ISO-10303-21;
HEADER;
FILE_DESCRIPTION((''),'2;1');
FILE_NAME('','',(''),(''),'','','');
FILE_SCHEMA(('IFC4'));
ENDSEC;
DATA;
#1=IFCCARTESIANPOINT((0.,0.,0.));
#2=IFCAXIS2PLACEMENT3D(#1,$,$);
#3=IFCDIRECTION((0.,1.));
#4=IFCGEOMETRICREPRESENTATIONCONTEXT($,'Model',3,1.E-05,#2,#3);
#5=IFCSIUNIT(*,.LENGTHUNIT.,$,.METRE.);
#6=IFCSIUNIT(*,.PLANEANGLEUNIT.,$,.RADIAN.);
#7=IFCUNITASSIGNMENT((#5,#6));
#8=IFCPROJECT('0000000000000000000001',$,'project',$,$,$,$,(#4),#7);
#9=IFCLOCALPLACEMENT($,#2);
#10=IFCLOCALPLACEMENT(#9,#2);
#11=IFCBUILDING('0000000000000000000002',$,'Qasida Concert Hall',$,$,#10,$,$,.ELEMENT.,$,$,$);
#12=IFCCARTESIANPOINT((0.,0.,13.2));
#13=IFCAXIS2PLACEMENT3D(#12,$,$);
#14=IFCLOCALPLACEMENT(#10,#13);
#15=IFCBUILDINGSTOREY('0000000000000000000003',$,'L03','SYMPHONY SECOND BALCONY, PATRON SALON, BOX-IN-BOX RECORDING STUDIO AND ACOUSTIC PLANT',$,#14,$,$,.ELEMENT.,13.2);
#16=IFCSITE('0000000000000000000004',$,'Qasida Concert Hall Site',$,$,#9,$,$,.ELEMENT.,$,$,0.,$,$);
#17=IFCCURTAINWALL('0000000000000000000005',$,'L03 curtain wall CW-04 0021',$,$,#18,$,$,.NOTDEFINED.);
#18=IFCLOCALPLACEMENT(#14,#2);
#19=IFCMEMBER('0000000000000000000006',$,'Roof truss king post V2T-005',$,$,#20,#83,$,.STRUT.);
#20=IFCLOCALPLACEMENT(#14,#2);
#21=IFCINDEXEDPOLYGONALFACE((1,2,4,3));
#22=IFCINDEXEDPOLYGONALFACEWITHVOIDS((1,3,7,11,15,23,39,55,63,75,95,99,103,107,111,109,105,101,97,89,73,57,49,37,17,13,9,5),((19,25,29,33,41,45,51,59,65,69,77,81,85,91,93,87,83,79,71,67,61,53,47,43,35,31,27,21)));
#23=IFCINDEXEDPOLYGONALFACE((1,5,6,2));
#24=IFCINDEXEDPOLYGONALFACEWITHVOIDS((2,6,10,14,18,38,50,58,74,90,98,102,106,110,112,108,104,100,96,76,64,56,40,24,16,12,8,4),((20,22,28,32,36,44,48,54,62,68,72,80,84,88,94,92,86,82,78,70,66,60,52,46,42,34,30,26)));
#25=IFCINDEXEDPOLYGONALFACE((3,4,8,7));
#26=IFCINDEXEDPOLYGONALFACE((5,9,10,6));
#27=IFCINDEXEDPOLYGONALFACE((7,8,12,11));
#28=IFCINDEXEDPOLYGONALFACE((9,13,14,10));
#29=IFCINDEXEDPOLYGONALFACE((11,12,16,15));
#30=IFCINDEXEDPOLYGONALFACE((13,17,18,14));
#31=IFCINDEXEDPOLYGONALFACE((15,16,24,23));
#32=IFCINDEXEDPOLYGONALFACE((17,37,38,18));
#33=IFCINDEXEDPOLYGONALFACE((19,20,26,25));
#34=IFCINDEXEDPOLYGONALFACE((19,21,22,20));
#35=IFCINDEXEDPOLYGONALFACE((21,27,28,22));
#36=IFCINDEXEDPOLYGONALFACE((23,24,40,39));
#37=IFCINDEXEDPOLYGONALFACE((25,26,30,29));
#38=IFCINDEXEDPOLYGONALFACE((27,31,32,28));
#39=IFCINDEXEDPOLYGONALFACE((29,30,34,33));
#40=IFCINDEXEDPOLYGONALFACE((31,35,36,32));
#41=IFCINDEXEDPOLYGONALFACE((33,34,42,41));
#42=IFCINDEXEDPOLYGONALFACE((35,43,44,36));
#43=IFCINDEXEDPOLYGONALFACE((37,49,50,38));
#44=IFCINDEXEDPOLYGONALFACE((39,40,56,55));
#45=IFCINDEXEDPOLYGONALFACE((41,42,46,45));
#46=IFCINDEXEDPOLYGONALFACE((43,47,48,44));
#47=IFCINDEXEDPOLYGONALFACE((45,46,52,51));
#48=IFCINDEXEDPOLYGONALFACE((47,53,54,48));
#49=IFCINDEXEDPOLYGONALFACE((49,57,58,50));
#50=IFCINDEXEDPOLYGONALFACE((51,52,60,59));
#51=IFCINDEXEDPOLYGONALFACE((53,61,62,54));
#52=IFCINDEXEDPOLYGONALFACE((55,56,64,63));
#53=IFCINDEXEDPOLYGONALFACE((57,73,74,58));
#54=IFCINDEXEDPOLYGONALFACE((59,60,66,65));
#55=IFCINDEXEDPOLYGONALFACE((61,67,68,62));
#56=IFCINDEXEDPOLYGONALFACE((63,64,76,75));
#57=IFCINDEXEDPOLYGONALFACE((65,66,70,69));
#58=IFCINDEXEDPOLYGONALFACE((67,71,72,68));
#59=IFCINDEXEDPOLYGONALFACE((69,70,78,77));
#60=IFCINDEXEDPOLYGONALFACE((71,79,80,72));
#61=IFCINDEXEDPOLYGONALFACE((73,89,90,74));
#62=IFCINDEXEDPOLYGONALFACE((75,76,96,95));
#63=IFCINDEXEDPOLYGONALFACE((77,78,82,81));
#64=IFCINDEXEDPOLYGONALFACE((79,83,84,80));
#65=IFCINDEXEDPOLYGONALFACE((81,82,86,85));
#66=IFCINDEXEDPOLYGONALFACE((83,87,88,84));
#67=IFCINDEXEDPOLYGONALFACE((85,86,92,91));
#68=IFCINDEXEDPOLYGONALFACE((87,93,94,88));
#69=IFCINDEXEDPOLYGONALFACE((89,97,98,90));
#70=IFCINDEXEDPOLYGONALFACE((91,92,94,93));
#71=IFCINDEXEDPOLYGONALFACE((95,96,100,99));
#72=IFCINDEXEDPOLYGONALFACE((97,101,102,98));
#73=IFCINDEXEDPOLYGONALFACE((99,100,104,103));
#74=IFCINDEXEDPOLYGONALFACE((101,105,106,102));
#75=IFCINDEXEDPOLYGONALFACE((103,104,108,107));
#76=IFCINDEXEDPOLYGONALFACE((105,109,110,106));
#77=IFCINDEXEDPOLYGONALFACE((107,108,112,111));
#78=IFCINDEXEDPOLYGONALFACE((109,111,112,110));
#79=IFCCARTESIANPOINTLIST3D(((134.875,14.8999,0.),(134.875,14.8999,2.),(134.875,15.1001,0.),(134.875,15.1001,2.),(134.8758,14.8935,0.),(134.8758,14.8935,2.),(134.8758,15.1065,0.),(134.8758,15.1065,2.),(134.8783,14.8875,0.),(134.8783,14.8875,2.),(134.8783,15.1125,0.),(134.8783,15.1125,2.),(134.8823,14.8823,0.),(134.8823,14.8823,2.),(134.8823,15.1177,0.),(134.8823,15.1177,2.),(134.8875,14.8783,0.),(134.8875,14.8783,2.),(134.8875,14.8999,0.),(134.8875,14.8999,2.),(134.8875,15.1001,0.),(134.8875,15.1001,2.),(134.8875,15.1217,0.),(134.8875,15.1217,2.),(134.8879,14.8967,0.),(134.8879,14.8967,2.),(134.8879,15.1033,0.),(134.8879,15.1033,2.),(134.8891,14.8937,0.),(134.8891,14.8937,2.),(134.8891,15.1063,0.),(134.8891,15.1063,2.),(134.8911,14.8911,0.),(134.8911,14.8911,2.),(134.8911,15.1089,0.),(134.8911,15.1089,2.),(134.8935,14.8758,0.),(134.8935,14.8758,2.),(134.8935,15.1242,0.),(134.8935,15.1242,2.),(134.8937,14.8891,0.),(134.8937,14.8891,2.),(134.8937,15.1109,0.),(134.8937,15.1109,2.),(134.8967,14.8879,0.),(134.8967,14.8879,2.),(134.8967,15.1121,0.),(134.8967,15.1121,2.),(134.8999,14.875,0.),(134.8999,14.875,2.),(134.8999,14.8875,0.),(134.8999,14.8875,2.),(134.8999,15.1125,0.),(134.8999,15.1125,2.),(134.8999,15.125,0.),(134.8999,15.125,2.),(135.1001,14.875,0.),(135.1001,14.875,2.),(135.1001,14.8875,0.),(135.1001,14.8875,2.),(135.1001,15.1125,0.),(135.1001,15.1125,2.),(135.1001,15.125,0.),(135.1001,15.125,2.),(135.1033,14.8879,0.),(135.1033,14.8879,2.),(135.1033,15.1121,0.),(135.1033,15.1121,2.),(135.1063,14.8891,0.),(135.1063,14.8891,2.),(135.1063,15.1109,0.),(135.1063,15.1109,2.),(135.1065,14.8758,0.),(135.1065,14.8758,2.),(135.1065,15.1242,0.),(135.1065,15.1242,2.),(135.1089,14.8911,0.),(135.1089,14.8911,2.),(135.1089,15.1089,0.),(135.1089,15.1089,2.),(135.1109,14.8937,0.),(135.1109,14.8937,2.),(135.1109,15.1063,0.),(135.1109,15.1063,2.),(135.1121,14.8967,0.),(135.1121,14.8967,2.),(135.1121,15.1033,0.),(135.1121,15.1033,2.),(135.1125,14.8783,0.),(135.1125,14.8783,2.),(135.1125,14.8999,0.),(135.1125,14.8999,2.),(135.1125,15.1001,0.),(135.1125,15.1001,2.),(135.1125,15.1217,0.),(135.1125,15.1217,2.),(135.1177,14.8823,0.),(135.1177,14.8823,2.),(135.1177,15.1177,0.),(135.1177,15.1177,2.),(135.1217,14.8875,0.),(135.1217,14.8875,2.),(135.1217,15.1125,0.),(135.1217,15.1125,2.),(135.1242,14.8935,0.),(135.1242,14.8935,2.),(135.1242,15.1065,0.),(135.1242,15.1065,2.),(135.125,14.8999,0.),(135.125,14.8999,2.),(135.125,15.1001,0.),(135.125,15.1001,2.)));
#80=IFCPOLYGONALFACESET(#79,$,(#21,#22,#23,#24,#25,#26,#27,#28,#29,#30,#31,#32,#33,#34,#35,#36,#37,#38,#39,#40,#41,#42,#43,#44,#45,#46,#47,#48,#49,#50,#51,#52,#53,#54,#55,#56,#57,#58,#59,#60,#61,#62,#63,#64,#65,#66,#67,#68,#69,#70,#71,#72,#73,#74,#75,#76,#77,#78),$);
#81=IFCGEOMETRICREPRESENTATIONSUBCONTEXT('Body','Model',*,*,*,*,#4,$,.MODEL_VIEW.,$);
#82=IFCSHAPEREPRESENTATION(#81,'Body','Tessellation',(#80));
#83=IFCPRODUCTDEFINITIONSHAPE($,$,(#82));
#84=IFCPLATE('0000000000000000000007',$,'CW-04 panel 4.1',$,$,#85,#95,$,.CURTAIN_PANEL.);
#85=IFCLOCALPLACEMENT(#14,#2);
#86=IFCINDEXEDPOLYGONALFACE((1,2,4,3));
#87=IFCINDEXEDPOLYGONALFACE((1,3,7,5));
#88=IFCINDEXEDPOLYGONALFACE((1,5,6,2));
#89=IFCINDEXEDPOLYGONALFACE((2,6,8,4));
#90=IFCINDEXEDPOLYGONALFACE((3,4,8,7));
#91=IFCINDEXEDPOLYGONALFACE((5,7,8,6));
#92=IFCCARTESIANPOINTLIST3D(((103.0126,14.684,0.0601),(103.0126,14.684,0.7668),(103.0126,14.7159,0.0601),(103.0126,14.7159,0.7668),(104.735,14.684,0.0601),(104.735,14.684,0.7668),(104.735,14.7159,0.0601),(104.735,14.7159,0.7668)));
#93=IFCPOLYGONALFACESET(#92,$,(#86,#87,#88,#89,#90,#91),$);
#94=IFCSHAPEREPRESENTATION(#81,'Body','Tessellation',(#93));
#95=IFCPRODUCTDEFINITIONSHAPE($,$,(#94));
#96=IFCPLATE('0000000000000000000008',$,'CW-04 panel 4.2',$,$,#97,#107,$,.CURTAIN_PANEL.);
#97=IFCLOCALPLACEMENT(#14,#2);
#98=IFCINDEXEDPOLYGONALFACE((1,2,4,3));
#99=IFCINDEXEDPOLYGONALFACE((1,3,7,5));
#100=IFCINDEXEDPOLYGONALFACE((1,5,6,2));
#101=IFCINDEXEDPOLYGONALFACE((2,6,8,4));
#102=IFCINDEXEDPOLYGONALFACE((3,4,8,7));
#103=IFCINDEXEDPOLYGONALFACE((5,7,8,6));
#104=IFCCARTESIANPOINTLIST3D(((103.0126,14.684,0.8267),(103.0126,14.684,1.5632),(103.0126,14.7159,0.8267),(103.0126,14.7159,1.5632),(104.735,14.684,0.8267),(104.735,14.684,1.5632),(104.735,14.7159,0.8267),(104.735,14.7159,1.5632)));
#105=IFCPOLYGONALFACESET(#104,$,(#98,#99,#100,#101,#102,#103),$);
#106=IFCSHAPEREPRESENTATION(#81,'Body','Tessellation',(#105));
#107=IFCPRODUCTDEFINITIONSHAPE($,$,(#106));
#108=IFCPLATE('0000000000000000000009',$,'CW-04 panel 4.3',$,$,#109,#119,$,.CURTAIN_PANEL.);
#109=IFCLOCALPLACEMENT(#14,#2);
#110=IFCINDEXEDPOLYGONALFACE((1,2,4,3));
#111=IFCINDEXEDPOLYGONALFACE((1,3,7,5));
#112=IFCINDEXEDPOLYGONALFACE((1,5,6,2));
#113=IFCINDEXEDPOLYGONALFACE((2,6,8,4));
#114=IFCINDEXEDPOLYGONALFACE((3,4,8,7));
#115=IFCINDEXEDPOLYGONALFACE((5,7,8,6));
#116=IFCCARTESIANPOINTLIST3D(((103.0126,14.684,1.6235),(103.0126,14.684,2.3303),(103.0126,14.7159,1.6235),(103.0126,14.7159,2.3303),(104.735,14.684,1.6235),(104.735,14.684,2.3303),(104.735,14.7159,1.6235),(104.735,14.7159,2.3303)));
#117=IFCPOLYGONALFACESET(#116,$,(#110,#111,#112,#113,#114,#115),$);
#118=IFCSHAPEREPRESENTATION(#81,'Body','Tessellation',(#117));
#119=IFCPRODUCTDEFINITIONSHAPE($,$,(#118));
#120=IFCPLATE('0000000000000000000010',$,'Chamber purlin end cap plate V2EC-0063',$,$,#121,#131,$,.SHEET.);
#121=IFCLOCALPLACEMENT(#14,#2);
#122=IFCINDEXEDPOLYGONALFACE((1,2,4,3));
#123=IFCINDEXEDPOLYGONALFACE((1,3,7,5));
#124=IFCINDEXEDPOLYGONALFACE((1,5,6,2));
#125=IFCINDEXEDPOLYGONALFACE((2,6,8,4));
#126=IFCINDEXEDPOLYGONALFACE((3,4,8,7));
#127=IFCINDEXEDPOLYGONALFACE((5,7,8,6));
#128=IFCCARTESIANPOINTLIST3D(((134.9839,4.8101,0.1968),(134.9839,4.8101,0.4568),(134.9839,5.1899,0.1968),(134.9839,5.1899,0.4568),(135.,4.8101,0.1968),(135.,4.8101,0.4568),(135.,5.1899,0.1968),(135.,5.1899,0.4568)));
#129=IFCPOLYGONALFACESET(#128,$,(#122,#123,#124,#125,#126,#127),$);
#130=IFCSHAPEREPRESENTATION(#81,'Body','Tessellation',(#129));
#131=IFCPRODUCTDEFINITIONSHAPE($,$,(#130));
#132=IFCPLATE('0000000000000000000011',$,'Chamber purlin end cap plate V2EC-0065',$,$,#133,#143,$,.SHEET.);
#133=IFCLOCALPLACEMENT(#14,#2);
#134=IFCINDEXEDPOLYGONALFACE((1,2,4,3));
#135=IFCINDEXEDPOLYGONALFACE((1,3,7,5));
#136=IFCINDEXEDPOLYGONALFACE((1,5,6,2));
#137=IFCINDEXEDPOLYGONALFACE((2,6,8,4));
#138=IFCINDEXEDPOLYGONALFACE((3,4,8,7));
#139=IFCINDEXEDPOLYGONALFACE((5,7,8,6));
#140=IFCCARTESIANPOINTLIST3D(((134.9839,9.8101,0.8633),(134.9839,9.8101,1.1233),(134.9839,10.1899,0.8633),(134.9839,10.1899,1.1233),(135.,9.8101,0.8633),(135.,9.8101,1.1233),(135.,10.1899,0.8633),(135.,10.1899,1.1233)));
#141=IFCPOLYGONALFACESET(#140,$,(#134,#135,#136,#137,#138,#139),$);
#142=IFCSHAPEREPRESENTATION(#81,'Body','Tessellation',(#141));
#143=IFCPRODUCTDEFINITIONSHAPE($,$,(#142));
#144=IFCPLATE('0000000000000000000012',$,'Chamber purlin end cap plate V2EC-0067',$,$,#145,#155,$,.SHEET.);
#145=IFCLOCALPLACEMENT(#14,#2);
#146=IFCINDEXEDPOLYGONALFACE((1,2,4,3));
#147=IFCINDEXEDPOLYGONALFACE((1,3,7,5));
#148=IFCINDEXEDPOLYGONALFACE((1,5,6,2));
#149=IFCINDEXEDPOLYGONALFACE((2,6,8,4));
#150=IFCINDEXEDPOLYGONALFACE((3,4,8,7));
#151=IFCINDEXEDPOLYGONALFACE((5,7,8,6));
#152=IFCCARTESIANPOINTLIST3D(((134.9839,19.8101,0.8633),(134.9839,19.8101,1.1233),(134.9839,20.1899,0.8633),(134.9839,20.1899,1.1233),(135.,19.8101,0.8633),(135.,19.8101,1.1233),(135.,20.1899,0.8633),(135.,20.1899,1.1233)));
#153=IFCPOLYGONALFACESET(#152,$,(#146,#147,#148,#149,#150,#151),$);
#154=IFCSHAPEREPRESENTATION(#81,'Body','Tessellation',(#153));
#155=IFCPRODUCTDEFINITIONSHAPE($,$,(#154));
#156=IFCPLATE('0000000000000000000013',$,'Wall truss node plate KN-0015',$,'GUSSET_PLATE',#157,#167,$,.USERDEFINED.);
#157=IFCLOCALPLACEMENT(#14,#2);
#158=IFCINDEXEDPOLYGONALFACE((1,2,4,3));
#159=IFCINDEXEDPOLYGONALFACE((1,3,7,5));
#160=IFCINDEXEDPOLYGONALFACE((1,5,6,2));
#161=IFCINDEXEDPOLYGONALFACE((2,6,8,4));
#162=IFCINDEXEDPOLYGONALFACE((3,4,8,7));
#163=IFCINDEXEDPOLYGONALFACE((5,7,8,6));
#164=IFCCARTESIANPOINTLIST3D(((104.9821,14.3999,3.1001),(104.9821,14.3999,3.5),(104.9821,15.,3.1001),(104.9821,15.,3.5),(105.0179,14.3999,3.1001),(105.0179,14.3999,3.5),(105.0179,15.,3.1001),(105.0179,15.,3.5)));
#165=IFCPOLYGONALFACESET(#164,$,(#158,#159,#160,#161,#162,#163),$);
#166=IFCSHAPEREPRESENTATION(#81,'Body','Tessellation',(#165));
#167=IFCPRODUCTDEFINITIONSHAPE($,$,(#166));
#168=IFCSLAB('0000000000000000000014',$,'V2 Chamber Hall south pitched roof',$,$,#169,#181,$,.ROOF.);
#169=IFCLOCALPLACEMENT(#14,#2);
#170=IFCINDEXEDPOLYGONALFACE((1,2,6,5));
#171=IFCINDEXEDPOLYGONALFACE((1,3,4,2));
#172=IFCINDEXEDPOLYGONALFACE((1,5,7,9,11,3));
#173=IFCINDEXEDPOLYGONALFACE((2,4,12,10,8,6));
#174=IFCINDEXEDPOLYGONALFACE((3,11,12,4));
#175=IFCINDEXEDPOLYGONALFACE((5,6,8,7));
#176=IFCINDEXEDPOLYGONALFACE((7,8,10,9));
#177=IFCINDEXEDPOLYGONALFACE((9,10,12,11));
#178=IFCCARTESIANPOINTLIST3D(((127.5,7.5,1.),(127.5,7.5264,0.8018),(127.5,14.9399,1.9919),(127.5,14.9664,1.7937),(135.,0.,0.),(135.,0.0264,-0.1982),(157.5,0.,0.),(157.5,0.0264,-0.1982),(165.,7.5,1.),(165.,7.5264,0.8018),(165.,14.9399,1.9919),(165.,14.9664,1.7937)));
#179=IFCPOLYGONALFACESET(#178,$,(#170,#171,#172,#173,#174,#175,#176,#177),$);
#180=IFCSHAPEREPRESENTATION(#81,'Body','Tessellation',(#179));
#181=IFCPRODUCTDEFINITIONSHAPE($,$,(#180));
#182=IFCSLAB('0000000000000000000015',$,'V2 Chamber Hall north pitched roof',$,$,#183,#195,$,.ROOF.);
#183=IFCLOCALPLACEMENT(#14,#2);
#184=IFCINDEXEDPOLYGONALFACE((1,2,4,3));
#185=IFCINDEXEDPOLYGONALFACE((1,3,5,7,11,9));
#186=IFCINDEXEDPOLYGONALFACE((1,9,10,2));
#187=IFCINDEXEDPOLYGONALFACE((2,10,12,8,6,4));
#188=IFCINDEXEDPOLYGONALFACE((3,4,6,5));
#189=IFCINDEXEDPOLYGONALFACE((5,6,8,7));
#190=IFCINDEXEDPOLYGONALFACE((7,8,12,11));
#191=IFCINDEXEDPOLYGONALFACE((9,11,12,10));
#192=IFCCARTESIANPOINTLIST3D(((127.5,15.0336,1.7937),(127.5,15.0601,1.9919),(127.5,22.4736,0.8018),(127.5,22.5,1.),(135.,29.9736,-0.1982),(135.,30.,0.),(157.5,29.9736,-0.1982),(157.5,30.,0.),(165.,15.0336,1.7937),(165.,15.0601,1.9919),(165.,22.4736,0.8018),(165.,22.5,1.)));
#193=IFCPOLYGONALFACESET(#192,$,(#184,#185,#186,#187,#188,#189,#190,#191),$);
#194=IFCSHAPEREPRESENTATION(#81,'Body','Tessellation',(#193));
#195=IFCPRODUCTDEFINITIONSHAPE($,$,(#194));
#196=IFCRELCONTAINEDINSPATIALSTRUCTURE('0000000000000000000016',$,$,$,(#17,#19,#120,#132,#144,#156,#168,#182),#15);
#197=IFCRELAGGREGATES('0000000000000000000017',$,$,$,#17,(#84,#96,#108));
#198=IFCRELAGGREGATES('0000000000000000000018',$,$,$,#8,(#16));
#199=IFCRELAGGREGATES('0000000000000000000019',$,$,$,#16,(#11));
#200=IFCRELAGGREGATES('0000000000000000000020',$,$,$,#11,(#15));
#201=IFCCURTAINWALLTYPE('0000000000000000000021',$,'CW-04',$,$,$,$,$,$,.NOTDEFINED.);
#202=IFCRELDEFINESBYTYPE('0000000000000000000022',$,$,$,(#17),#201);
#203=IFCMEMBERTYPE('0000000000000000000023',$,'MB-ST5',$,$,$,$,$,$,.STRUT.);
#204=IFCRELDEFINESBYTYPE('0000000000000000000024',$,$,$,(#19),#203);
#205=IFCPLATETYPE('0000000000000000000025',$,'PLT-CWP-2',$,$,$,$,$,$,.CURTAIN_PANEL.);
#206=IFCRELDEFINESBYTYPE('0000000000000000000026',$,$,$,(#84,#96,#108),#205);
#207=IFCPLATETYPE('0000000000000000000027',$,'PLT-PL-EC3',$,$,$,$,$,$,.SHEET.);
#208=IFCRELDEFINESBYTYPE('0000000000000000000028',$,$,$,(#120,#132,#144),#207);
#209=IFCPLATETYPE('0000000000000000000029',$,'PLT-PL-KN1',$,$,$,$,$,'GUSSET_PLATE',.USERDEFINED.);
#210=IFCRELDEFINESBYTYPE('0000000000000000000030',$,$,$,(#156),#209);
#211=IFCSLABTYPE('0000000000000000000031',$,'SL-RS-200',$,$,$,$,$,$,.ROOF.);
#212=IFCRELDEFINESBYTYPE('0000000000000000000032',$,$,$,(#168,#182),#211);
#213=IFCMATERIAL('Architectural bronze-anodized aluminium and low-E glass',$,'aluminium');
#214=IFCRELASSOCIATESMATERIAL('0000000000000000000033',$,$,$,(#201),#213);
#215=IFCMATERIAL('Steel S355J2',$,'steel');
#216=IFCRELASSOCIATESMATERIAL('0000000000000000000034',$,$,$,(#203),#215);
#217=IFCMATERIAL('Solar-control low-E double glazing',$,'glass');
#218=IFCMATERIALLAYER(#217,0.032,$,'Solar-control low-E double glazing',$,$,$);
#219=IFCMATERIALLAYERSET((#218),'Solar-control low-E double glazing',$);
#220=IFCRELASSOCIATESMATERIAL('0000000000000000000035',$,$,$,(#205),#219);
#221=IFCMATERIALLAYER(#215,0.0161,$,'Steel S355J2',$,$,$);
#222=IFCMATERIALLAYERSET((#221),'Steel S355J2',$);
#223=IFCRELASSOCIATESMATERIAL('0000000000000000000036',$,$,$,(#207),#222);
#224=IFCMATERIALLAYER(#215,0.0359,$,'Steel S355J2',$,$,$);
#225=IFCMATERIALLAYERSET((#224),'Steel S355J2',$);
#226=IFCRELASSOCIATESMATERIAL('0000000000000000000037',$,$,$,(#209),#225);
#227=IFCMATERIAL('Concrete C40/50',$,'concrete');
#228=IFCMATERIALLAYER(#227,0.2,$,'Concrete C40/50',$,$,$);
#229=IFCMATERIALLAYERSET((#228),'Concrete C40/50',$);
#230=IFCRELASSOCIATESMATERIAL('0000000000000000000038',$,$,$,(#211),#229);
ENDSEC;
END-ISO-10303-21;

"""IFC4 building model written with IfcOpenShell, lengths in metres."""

from ifc_helpers import new_model, si_unit, direction, frame, origin, origin_2d, place, context, subcontext, project, spatial, polyline, rectangle, hollow_rectangle, outline, extrude, material, layer, layer_set, material_profile, profile_set, type_object, element, aggregate, save


model = new_model("IFC4")

# Units and contexts
model_context = context("Model", 3, precision=1e-05, world=origin(), true_north=direction((0.0, 1.0)))
body_context = subcontext(model_context, "Body", "Model", "MODEL_VIEW")
ifc_project = project(units=[si_unit("LENGTHUNIT", "METRE"), si_unit("PLANEANGLEUNIT", "RADIAN")], contexts=[model_context])

# Site, building, storey
site_placement = place(None, origin())
site = spatial("IfcSite", under=ifc_project, at=site_placement, Name="Qasida Concert Hall Site", CompositionType="ELEMENT", RefElevation=0.0)
building_placement = place(site_placement, origin())
building = spatial("IfcBuilding", under=site, at=building_placement, Name="Qasida Concert Hall", CompositionType="ELEMENT")
storey_placement = place(building_placement, frame((0.0, 0.0, 13.2)))
storey = spatial("IfcBuildingStorey", under=building, at=storey_placement, Name="L03", Description="SYMPHONY SECOND BALCONY, PATRON SALON, BOX-IN-BOX RECORDING STUDIO AND ACOUSTIC PLANT", CompositionType="ELEMENT", Elevation=13.2)

# Shared definitions
ifc_material_1 = material(Name="Steel S355J2", Category="steel")

# Curtain wall
ifc_material_2 = material(Name="Architectural bronze-anodized aluminium and low-E glass", Category="aluminium")
curtain_wall_type = type_object("IfcCurtainWallType", Name="CW-04", PredefinedType="NOTDEFINED", material=ifc_material_2)
curtain_wall_placement = place(storey_placement, origin())
curtain_wall = element("IfcCurtainWall", 1, at=curtain_wall_placement, inside=storey, type_object=curtain_wall_type, Name="L03 curtain wall CW-04 0021", PredefinedType="NOTDEFINED")

# Member
ifc_material_profile_1 = material_profile(ifc_material_1, hollow_rectangle(XDim=0.25, YDim=0.25, WallThickness=0.0125, InnerFilletRadius=0.0125, OuterFilletRadius=0.0249, at=origin_2d()), Name="SHS 250x250x12.5")
ifc_profile_set_1 = profile_set([ifc_material_profile_1], Name="Steel S355J2")
member_type_1 = type_object("IfcMemberType", Name="MB-ST5", PredefinedType="STRUT", material=ifc_profile_set_1)
member_1_placement = place(storey_placement, frame((135.0, 15.0, 0.0), z_axis=(0.0, 0.0, 1.0), x_axis=(1.0, 0.0, 0.0)))
element("IfcMember", 2, at=member_1_placement, inside=storey, type_object=member_type_1, Name="Roof truss king post V2T-005", PredefinedType="STRUT", context=body_context, shape_type="SweptSolid", body=[
    extrude(hollow_rectangle(XDim=0.25, YDim=0.25, WallThickness=0.0125, InnerFilletRadius=0.0125, OuterFilletRadius=0.0249, at=origin_2d()), origin(), (0.0, 0.0, 1.0), 2.0),
])

# Plates
ifc_material_3 = material(Name="Solar-control low-E double glazing", Category="glass")
ifc_layer_1 = layer(ifc_material_3, 0.032, Name="Solar-control low-E double glazing")
ifc_layer_set_1 = layer_set([ifc_layer_1], Name="Solar-control low-E double glazing")
plate_type_1 = type_object("IfcPlateType", Name="PLT-CWP-2", PredefinedType="CURTAIN_PANEL", material=ifc_layer_set_1)
plate_1_placement = place(storey_placement, frame((103.8738, 14.7, 0.0601), z_axis=(0.0, 0.0, 1.0), x_axis=(1.0, 0.0, 0.0)))
plate_1 = element("IfcPlate", 3, at=plate_1_placement, type_object=plate_type_1, Name="CW-04 panel 4.1", PredefinedType="CURTAIN_PANEL", context=body_context, shape_type="SweptSolid", body=[
    extrude(rectangle(XDim=1.7224, YDim=0.032, at=origin_2d()), origin(), (0.0, 0.0, 1.0), 0.7068),
])
plate_2_placement = place(storey_placement, frame((103.8738, 14.7, 0.8267), z_axis=(0.0, 0.0, 1.0), x_axis=(1.0, 0.0, 0.0)))
plate_2 = element("IfcPlate", 4, at=plate_2_placement, type_object=plate_type_1, Name="CW-04 panel 4.2", PredefinedType="CURTAIN_PANEL", context=body_context, shape_type="SweptSolid", body=[
    extrude(rectangle(XDim=1.7224, YDim=0.032, at=origin_2d()), origin(), (0.0, 0.0, 1.0), 0.7366),
])
plate_3_placement = place(storey_placement, frame((103.8738, 14.7, 1.6235), z_axis=(0.0, 0.0, 1.0), x_axis=(1.0, 0.0, 0.0)))
plate_3 = element("IfcPlate", 5, at=plate_3_placement, type_object=plate_type_1, Name="CW-04 panel 4.3", PredefinedType="CURTAIN_PANEL", context=body_context, shape_type="SweptSolid", body=[
    extrude(rectangle(XDim=1.7224, YDim=0.032, at=origin_2d()), origin(), (0.0, 0.0, 1.0), 0.7068),
])
aggregate(curtain_wall, [plate_1, plate_2, plate_3])

# Plates
ifc_layer_2 = layer(ifc_material_1, 0.0161, Name="Steel S355J2")
ifc_layer_set_2 = layer_set([ifc_layer_2], Name="Steel S355J2")
plate_type_2 = type_object("IfcPlateType", Name="PLT-PL-EC3", PredefinedType="SHEET", material=ifc_layer_set_2)
for number, where, z_axis, x_axis, name in (
    (6, (134.9919, 5.0, 0.1968), (0.0, 0.0, 1.0), (1.0, 0.0, 0.0), "Chamber purlin end cap plate V2EC-0063"),
    (7, (134.9919, 10.0, 0.8633), (0.0, 0.0, 1.0), (1.0, 0.0, 0.0), "Chamber purlin end cap plate V2EC-0065"),
    (8, (134.9919, 20.0, 0.8633), (0.0, 0.0, 1.0), (1.0, 0.0, 0.0), "Chamber purlin end cap plate V2EC-0067"),
):
    element("IfcPlate", number, at=place(storey_placement, frame(where, z_axis=z_axis, x_axis=x_axis)), inside=storey, type_object=plate_type_2, Name=name, PredefinedType="SHEET", context=body_context, shape_type="SweptSolid", body=[
        extrude(rectangle(XDim=0.0161, YDim=0.3799, at=origin_2d()), origin(), (0.0, 0.0, 1.0), 0.26),
    ])
ifc_layer_3 = layer(ifc_material_1, 0.0359, Name="Steel S355J2")
ifc_layer_set_3 = layer_set([ifc_layer_3], Name="Steel S355J2")
plate_type_3 = type_object("IfcPlateType", Name="PLT-PL-KN1", ElementType="GUSSET_PLATE", PredefinedType="USERDEFINED", material=ifc_layer_set_3)
plate_4_placement = place(storey_placement, frame((105.0, 14.7, 3.1001), z_axis=(0.0, 0.0, 1.0), x_axis=(1.0, 0.0, 0.0)))
element("IfcPlate", 9, at=plate_4_placement, inside=storey, type_object=plate_type_3, Name="Wall truss node plate KN-0015", ObjectType="GUSSET_PLATE", PredefinedType="USERDEFINED", context=body_context, shape_type="SweptSolid", body=[
    extrude(rectangle(XDim=0.0359, YDim=0.6001, at=origin_2d()), origin(), (0.0, 0.0, 1.0), 0.3999),
])

# Slabs
ifc_material_4 = material(Name="Concrete C40/50", Category="concrete")
ifc_layer_4 = layer(ifc_material_4, 0.2, Name="Concrete C40/50")
ifc_layer_set_4 = layer_set([ifc_layer_4], Name="Concrete C40/50")
slab_type = type_object("IfcSlabType", Name="SL-RS-200", PredefinedType="ROOF", material=ifc_layer_set_4)
slab_1_placement = place(storey_placement, frame((135.0, 0.0, 0.0), z_axis=(0.0, -0.13216, 0.991228), x_axis=(1.0, 0.0, 0.0)))
element("IfcSlab", 10, at=slab_1_placement, inside=storey, type_object=slab_type, Name="V2 Chamber Hall south pitched roof", PredefinedType="ROOF", context=body_context, shape_type="SweptSolid", body=[
    extrude(outline(polyline([(0.0, 0.0), (22.5, 0.0), (30.0, 7.5664), (30.0, 15.0721), (-7.5, 15.0721), (-7.5, 7.5664), (0.0, 0.0)])), origin(), (0.0, 0.0, -1.0), 0.2),
])
slab_2_placement = place(storey_placement, frame((127.5, 15.0601, 1.9919), z_axis=(0.0, 0.13216, 0.991228), x_axis=(1.0, 0.0, 0.0)))
element("IfcSlab", 11, at=slab_2_placement, inside=storey, type_object=slab_type, Name="V2 Chamber Hall north pitched roof", PredefinedType="ROOF", context=body_context, shape_type="SweptSolid", body=[
    extrude(outline(polyline([(0.0, 0.0), (37.5, 0.0), (37.5, 7.5058), (30.0, 15.0721), (7.5, 15.0721), (0.0, 7.5058), (0.0, 0.0)])), origin(), (0.0, 0.0, -1.0), 0.2),
])

save(model, "model.ifc")
